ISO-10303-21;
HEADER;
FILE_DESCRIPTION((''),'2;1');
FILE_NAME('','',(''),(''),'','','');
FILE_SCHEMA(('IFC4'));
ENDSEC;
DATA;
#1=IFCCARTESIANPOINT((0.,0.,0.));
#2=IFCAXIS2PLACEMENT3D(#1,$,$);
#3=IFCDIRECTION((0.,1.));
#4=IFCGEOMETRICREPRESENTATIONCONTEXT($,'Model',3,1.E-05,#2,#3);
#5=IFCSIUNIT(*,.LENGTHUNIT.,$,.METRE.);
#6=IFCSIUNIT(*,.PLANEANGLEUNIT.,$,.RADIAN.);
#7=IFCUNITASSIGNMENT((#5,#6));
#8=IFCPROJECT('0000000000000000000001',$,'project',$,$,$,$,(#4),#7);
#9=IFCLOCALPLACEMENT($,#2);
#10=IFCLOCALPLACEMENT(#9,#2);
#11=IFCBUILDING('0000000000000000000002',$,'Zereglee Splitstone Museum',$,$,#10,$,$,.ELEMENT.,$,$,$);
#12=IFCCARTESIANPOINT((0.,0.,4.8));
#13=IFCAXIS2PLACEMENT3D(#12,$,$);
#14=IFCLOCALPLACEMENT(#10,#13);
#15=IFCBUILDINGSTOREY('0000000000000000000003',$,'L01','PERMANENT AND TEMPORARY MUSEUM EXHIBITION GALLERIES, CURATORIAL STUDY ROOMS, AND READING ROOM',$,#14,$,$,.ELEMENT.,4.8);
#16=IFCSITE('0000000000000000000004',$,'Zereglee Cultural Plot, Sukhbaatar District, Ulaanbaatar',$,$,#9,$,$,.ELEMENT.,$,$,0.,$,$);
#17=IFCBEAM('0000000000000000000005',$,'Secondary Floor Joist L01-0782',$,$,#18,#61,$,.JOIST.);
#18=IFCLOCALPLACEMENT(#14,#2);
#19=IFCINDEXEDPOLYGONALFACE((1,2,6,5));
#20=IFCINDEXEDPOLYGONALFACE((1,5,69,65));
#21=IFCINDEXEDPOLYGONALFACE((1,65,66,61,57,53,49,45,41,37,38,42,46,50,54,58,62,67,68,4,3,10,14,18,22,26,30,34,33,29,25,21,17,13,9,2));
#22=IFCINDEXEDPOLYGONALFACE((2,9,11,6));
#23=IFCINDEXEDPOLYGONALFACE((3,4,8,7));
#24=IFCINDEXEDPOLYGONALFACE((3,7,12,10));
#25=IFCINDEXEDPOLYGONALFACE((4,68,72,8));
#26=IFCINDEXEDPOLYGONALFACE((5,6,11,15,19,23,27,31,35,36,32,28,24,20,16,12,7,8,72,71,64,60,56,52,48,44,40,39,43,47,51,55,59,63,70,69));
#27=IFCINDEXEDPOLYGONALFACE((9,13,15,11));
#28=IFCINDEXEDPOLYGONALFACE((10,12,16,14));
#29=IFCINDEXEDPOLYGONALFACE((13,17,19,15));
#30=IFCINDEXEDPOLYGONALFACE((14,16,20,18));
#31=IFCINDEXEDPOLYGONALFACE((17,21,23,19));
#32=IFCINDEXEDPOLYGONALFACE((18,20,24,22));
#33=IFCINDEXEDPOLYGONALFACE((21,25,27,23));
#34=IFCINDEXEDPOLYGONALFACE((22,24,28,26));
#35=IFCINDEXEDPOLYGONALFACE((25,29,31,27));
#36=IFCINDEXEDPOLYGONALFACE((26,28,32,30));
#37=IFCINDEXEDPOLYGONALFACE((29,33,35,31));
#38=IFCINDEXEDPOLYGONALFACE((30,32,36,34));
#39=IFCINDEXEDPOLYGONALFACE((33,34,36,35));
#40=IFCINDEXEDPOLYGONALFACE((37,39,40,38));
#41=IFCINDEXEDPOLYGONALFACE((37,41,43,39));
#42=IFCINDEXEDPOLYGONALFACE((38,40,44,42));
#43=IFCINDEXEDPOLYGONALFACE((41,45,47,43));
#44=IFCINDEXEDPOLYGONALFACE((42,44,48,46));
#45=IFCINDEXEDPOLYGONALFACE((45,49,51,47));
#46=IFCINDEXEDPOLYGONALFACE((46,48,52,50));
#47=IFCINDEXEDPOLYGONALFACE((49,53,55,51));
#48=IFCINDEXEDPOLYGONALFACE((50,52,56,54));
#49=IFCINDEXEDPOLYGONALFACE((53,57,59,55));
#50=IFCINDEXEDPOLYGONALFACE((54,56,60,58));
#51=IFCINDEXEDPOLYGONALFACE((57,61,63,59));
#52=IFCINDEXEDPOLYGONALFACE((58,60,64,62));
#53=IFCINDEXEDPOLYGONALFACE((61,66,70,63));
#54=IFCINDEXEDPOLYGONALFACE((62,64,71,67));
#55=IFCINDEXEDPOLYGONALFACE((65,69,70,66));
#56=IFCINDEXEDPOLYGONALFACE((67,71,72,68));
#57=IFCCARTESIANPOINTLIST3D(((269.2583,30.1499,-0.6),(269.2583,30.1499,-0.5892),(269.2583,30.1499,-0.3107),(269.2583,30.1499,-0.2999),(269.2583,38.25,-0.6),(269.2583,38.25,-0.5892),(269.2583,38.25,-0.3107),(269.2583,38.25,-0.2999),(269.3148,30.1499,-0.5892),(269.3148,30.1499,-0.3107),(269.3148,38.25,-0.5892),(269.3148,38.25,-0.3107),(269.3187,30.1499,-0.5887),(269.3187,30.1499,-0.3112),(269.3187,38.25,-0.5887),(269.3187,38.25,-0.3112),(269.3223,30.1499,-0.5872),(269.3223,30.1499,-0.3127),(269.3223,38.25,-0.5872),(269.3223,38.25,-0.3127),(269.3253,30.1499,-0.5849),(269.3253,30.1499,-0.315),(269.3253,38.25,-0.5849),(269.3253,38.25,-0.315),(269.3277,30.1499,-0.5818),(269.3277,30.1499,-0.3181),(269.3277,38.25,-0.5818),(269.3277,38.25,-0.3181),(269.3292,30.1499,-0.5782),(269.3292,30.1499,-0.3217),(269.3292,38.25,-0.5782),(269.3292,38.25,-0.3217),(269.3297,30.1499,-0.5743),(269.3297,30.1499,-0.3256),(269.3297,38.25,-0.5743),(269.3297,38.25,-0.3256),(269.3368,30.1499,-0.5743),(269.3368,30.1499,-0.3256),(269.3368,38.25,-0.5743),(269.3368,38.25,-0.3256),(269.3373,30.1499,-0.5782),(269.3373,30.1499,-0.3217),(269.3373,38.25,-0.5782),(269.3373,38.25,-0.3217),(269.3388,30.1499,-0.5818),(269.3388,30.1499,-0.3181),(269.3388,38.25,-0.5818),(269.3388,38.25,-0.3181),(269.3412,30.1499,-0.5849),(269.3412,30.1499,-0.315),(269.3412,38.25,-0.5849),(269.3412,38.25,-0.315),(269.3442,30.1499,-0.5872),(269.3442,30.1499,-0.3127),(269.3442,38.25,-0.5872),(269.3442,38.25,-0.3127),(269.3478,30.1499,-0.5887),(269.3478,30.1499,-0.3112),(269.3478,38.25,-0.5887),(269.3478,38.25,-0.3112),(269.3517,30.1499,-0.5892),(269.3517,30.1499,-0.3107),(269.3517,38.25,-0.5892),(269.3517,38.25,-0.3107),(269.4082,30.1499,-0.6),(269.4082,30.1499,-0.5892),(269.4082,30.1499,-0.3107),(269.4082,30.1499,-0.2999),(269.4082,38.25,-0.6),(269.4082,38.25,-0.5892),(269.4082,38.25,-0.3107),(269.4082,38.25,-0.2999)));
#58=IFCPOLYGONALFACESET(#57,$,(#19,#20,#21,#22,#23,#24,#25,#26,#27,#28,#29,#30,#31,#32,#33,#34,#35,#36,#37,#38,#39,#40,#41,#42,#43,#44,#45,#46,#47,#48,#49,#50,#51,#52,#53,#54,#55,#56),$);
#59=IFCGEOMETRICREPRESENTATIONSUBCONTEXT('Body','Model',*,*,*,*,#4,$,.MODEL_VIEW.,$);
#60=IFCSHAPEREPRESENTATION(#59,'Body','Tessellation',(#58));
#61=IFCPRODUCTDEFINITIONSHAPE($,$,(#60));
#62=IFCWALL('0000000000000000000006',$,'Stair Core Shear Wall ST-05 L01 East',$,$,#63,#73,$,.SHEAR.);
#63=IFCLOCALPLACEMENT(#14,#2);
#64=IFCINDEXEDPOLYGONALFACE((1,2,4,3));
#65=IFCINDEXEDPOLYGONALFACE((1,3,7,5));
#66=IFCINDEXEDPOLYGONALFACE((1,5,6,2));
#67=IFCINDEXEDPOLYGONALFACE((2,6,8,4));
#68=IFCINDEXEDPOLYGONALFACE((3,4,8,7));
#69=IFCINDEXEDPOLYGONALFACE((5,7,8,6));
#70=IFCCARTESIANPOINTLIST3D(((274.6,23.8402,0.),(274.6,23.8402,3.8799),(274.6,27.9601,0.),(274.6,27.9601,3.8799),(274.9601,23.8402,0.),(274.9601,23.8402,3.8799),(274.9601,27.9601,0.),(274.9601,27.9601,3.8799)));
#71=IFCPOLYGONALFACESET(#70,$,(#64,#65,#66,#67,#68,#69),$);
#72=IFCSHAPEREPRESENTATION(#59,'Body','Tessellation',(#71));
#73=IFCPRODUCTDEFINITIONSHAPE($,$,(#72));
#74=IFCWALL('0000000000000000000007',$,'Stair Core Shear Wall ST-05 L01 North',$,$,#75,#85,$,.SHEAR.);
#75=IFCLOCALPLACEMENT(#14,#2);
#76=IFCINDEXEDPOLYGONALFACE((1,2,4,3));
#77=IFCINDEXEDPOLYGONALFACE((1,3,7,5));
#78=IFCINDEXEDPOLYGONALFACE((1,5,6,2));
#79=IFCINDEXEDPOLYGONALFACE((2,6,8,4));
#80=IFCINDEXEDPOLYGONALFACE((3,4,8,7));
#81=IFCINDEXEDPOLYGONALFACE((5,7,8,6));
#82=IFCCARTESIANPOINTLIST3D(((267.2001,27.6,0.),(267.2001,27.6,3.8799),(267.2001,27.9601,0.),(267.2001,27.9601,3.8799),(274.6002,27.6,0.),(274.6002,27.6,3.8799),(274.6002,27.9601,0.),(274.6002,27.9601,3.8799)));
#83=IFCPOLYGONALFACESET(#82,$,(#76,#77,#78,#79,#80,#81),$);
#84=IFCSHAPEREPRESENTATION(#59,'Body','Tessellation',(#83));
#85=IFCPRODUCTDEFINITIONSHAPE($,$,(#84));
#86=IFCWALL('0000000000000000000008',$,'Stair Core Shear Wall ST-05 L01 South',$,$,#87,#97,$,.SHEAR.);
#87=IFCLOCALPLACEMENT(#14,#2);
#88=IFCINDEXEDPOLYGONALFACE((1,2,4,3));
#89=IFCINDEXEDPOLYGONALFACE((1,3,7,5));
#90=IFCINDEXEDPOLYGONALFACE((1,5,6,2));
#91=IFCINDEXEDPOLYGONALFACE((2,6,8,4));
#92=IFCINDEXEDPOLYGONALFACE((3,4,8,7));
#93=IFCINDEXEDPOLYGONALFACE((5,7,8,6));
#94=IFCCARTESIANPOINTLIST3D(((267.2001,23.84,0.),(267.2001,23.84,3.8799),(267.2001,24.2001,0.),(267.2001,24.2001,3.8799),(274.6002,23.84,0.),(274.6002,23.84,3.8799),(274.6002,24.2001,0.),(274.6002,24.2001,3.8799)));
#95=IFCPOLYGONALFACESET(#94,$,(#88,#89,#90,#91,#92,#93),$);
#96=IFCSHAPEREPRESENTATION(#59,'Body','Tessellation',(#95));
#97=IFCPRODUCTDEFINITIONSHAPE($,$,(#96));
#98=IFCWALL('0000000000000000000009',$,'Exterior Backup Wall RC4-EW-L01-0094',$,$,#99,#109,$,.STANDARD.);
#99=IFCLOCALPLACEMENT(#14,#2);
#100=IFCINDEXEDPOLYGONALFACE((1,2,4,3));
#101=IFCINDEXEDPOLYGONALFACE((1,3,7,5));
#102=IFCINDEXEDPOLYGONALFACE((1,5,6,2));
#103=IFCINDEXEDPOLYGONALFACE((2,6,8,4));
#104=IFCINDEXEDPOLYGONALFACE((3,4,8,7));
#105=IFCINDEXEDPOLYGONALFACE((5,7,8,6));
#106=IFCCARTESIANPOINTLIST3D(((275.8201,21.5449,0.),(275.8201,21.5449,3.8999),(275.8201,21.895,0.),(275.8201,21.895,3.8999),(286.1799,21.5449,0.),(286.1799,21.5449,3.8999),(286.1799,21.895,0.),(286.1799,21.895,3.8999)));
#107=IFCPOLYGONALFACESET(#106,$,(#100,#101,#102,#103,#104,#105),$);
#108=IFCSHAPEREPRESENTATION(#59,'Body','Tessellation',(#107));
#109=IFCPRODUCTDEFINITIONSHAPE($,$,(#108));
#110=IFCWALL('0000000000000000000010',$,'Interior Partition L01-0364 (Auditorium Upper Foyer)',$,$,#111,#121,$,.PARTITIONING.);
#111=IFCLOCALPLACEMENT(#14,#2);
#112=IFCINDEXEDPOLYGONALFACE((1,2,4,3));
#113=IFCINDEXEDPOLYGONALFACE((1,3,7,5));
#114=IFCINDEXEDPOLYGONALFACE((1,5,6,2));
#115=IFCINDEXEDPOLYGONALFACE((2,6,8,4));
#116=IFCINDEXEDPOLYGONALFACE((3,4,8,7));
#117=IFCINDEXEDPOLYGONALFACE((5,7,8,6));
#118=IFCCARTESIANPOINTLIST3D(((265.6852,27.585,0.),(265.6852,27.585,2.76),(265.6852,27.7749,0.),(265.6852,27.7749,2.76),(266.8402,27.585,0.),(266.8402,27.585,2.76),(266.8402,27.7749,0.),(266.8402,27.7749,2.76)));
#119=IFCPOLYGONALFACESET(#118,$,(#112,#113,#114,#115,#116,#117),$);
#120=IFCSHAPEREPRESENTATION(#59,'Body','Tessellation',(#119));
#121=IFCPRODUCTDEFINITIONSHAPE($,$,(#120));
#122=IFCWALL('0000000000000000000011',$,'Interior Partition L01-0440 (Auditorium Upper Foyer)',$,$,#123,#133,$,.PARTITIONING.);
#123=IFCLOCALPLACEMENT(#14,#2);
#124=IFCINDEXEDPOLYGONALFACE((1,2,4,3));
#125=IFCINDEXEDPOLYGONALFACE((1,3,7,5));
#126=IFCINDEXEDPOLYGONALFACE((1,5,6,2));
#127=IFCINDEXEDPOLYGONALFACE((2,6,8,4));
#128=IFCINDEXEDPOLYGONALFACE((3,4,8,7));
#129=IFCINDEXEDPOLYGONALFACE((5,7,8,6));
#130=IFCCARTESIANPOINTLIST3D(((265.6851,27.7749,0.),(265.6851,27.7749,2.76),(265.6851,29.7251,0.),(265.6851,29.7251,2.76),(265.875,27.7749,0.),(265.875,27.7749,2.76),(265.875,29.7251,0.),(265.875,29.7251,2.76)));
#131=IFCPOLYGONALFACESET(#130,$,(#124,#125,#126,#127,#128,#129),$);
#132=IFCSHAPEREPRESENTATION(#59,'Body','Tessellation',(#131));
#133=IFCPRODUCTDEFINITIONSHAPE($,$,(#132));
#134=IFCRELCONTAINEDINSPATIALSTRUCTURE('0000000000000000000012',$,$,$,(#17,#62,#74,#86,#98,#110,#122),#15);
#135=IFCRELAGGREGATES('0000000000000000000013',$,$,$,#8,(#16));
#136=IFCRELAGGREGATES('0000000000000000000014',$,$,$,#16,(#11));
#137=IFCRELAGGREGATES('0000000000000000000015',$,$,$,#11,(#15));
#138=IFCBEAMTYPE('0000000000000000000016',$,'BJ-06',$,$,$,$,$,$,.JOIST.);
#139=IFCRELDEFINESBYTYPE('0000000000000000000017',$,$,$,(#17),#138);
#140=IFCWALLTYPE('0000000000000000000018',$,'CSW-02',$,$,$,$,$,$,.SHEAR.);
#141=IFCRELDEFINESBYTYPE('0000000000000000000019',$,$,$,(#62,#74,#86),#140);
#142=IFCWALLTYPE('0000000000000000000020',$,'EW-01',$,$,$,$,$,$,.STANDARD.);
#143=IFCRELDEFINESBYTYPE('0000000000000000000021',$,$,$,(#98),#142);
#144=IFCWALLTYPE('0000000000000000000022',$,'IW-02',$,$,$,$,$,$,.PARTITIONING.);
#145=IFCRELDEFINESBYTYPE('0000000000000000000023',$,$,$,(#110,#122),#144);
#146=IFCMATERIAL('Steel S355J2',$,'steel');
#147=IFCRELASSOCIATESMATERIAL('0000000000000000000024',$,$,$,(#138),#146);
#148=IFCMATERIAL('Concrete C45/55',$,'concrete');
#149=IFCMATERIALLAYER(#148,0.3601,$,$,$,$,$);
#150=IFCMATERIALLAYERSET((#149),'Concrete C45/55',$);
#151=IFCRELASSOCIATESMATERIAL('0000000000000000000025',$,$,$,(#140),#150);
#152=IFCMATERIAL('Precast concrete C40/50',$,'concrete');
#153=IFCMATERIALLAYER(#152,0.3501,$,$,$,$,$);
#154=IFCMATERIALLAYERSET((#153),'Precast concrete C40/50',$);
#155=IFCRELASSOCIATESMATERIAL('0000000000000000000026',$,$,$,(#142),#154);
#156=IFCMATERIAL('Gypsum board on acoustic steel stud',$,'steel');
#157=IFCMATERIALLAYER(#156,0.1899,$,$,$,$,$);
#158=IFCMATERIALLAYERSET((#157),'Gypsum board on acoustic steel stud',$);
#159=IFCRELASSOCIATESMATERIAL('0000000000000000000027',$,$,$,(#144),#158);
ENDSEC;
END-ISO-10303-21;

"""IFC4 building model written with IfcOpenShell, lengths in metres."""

from ifc_helpers import new_model, si_unit, direction, frame, frame_2d, origin, origin_2d, place, context, subcontext, project, spatial, rectangle, i_section, extrude, material, layer, layer_set, material_profile, profile_set, type_object, element, save


model = new_model("IFC4")

# Units and contexts
model_context = context("Model", 3, precision=1e-05, world=origin(), true_north=direction((0.0, 1.0)))
body_context = subcontext(model_context, "Body", "Model", "MODEL_VIEW")
ifc_project = project(units=[si_unit("LENGTHUNIT", "METRE"), si_unit("PLANEANGLEUNIT", "RADIAN")], contexts=[model_context])

# Site, building, storey
site_placement = place(None, origin())
site = spatial("IfcSite", under=ifc_project, at=site_placement, Name="Zereglee Cultural Plot, Sukhbaatar District, Ulaanbaatar", CompositionType="ELEMENT", RefElevation=0.0)
building_placement = place(site_placement, origin())
building = spatial("IfcBuilding", under=site, at=building_placement, Name="Zereglee Splitstone Museum", CompositionType="ELEMENT")
storey_placement = place(building_placement, frame((0.0, 0.0, 4.8)))
storey = spatial("IfcBuildingStorey", under=building, at=storey_placement, Name="L01", Description="PERMANENT AND TEMPORARY MUSEUM EXHIBITION GALLERIES, CURATORIAL STUDY ROOMS, AND READING ROOM", CompositionType="ELEMENT", Elevation=4.8)

# Shared definitions
ifc_material_1 = material(Name="Steel S355J2", Category="steel")

# Beam
ifc_material_profile_1 = material_profile(ifc_material_1, i_section(OverallWidth=0.1499, OverallDepth=0.3, WebThickness=0.0071, FlangeThickness=0.0107, FilletRadius=0.0149, at=origin_2d()), Name="IPE 300")
ifc_profile_set_1 = profile_set([ifc_material_profile_1], Name="Steel S355J2")
beam_type_1 = type_object("IfcBeamType", Name="BJ-06", PredefinedType="JOIST", material=ifc_profile_set_1)
beam_1_placement = place(storey_placement, frame((269.3333, 30.1499, -0.45), z_axis=(0.0, 1.0, 0.0), x_axis=(-1.0, 0.0, 0.0)))
element("IfcBeam", 1, at=beam_1_placement, inside=storey, type_object=beam_type_1, Name="Secondary Floor Joist L01-0782", PredefinedType="JOIST", context=body_context, shape_type="SweptSolid", body=[
    extrude(i_section(OverallWidth=0.1499, OverallDepth=0.3, WebThickness=0.0071, FlangeThickness=0.0107, FilletRadius=0.0149, at=origin_2d()), origin(), (0.0, 0.0, 1.0), 8.1001),
])

# Shared definitions
ifc_material_2 = material(Name="Concrete C45/55", Category="concrete")
ifc_layer_1 = layer(ifc_material_2, 0.3601)
ifc_layer_set_1 = layer_set([ifc_layer_1], Name="Concrete C45/55")
wall_type_1 = type_object("IfcWallType", Name="CSW-02", PredefinedType="SHEAR", material=ifc_layer_set_1)

# Walls
wall_1_placement = place(storey_placement, frame((274.78, 23.8401, 0.0), z_axis=(0.0, 0.0, 1.0), x_axis=(0.0, 1.0, 0.0)))
element("IfcWall", 2, at=wall_1_placement, inside=storey, type_object=wall_type_1, Name="Stair Core Shear Wall ST-05 L01 East", PredefinedType="SHEAR", context=body_context, shape_type="SweptSolid", body=[
    extrude(rectangle(XDim=4.1199, YDim=0.3601, at=frame_2d((2.0601, 0.0))), origin(), (0.0, 0.0, 1.0), 3.8799),
])
for number, where, z_axis, x_axis, name in (
    (3, (267.2, 27.78, 0.0), (0.0, 0.0, 1.0), (1.0, 0.0, 0.0), "Stair Core Shear Wall ST-05 L01 North"),
    (4, (267.2, 24.02, 0.0), (0.0, 0.0, 1.0), (1.0, 0.0, 0.0), "Stair Core Shear Wall ST-05 L01 South"),
):
    element("IfcWall", number, at=place(storey_placement, frame(where, z_axis=z_axis, x_axis=x_axis)), inside=storey, type_object=wall_type_1, Name=name, PredefinedType="SHEAR", context=body_context, shape_type="SweptSolid", body=[
        extrude(rectangle(XDim=7.4001, YDim=0.3601, at=frame_2d((3.7002, 0.0))), origin(), (0.0, 0.0, 1.0), 3.8799),
    ])
ifc_material_3 = material(Name="Precast concrete C40/50", Category="concrete")
ifc_layer_2 = layer(ifc_material_3, 0.3501)
ifc_layer_set_2 = layer_set([ifc_layer_2], Name="Precast concrete C40/50")
wall_type_2 = type_object("IfcWallType", Name="EW-01", PredefinedType="STANDARD", material=ifc_layer_set_2)
wall_2_placement = place(storey_placement, frame((275.8201, 21.72, 0.0), z_axis=(0.0, 0.0, 1.0), x_axis=(1.0, 0.0, 0.0)))
element("IfcWall", 5, at=wall_2_placement, inside=storey, type_object=wall_type_2, Name="Exterior Backup Wall RC4-EW-L01-0094", PredefinedType="STANDARD", context=body_context, shape_type="SweptSolid", body=[
    extrude(rectangle(XDim=10.3599, YDim=0.3501, at=frame_2d((5.1799, 0.0))), origin(), (0.0, 0.0, 1.0), 3.8999),
])
ifc_material_4 = material(Name="Gypsum board on acoustic steel stud", Category="steel")
ifc_layer_3 = layer(ifc_material_4, 0.1899)
ifc_layer_set_3 = layer_set([ifc_layer_3], Name="Gypsum board on acoustic steel stud")
wall_type_3 = type_object("IfcWallType", Name="IW-02", PredefinedType="PARTITIONING", material=ifc_layer_set_3)
wall_3_placement = place(storey_placement, frame((265.6851, 27.6799, 0.0), z_axis=(0.0, 0.0, 1.0), x_axis=(1.0, 0.0, 0.0)))
element("IfcWall", 6, at=wall_3_placement, inside=storey, type_object=wall_type_3, Name="Interior Partition L01-0364 (Auditorium Upper Foyer)", PredefinedType="PARTITIONING", context=body_context, shape_type="SweptSolid", body=[
    extrude(rectangle(XDim=1.155, YDim=0.1899, at=frame_2d((0.5776, 0.0))), origin(), (0.0, 0.0, 1.0), 2.76),
])
wall_4_placement = place(storey_placement, frame((265.78, 27.7749, 0.0), z_axis=(0.0, 0.0, 1.0), x_axis=(0.0, 1.0, 0.0)))
element("IfcWall", 7, at=wall_4_placement, inside=storey, type_object=wall_type_3, Name="Interior Partition L01-0440 (Auditorium Upper Foyer)", PredefinedType="PARTITIONING", context=body_context, shape_type="SweptSolid", body=[
    extrude(rectangle(XDim=1.9502, YDim=0.1899, at=frame_2d((0.9751, 0.0))), origin(), (0.0, 0.0, 1.0), 2.76),
])

save(model, "model.ifc")
